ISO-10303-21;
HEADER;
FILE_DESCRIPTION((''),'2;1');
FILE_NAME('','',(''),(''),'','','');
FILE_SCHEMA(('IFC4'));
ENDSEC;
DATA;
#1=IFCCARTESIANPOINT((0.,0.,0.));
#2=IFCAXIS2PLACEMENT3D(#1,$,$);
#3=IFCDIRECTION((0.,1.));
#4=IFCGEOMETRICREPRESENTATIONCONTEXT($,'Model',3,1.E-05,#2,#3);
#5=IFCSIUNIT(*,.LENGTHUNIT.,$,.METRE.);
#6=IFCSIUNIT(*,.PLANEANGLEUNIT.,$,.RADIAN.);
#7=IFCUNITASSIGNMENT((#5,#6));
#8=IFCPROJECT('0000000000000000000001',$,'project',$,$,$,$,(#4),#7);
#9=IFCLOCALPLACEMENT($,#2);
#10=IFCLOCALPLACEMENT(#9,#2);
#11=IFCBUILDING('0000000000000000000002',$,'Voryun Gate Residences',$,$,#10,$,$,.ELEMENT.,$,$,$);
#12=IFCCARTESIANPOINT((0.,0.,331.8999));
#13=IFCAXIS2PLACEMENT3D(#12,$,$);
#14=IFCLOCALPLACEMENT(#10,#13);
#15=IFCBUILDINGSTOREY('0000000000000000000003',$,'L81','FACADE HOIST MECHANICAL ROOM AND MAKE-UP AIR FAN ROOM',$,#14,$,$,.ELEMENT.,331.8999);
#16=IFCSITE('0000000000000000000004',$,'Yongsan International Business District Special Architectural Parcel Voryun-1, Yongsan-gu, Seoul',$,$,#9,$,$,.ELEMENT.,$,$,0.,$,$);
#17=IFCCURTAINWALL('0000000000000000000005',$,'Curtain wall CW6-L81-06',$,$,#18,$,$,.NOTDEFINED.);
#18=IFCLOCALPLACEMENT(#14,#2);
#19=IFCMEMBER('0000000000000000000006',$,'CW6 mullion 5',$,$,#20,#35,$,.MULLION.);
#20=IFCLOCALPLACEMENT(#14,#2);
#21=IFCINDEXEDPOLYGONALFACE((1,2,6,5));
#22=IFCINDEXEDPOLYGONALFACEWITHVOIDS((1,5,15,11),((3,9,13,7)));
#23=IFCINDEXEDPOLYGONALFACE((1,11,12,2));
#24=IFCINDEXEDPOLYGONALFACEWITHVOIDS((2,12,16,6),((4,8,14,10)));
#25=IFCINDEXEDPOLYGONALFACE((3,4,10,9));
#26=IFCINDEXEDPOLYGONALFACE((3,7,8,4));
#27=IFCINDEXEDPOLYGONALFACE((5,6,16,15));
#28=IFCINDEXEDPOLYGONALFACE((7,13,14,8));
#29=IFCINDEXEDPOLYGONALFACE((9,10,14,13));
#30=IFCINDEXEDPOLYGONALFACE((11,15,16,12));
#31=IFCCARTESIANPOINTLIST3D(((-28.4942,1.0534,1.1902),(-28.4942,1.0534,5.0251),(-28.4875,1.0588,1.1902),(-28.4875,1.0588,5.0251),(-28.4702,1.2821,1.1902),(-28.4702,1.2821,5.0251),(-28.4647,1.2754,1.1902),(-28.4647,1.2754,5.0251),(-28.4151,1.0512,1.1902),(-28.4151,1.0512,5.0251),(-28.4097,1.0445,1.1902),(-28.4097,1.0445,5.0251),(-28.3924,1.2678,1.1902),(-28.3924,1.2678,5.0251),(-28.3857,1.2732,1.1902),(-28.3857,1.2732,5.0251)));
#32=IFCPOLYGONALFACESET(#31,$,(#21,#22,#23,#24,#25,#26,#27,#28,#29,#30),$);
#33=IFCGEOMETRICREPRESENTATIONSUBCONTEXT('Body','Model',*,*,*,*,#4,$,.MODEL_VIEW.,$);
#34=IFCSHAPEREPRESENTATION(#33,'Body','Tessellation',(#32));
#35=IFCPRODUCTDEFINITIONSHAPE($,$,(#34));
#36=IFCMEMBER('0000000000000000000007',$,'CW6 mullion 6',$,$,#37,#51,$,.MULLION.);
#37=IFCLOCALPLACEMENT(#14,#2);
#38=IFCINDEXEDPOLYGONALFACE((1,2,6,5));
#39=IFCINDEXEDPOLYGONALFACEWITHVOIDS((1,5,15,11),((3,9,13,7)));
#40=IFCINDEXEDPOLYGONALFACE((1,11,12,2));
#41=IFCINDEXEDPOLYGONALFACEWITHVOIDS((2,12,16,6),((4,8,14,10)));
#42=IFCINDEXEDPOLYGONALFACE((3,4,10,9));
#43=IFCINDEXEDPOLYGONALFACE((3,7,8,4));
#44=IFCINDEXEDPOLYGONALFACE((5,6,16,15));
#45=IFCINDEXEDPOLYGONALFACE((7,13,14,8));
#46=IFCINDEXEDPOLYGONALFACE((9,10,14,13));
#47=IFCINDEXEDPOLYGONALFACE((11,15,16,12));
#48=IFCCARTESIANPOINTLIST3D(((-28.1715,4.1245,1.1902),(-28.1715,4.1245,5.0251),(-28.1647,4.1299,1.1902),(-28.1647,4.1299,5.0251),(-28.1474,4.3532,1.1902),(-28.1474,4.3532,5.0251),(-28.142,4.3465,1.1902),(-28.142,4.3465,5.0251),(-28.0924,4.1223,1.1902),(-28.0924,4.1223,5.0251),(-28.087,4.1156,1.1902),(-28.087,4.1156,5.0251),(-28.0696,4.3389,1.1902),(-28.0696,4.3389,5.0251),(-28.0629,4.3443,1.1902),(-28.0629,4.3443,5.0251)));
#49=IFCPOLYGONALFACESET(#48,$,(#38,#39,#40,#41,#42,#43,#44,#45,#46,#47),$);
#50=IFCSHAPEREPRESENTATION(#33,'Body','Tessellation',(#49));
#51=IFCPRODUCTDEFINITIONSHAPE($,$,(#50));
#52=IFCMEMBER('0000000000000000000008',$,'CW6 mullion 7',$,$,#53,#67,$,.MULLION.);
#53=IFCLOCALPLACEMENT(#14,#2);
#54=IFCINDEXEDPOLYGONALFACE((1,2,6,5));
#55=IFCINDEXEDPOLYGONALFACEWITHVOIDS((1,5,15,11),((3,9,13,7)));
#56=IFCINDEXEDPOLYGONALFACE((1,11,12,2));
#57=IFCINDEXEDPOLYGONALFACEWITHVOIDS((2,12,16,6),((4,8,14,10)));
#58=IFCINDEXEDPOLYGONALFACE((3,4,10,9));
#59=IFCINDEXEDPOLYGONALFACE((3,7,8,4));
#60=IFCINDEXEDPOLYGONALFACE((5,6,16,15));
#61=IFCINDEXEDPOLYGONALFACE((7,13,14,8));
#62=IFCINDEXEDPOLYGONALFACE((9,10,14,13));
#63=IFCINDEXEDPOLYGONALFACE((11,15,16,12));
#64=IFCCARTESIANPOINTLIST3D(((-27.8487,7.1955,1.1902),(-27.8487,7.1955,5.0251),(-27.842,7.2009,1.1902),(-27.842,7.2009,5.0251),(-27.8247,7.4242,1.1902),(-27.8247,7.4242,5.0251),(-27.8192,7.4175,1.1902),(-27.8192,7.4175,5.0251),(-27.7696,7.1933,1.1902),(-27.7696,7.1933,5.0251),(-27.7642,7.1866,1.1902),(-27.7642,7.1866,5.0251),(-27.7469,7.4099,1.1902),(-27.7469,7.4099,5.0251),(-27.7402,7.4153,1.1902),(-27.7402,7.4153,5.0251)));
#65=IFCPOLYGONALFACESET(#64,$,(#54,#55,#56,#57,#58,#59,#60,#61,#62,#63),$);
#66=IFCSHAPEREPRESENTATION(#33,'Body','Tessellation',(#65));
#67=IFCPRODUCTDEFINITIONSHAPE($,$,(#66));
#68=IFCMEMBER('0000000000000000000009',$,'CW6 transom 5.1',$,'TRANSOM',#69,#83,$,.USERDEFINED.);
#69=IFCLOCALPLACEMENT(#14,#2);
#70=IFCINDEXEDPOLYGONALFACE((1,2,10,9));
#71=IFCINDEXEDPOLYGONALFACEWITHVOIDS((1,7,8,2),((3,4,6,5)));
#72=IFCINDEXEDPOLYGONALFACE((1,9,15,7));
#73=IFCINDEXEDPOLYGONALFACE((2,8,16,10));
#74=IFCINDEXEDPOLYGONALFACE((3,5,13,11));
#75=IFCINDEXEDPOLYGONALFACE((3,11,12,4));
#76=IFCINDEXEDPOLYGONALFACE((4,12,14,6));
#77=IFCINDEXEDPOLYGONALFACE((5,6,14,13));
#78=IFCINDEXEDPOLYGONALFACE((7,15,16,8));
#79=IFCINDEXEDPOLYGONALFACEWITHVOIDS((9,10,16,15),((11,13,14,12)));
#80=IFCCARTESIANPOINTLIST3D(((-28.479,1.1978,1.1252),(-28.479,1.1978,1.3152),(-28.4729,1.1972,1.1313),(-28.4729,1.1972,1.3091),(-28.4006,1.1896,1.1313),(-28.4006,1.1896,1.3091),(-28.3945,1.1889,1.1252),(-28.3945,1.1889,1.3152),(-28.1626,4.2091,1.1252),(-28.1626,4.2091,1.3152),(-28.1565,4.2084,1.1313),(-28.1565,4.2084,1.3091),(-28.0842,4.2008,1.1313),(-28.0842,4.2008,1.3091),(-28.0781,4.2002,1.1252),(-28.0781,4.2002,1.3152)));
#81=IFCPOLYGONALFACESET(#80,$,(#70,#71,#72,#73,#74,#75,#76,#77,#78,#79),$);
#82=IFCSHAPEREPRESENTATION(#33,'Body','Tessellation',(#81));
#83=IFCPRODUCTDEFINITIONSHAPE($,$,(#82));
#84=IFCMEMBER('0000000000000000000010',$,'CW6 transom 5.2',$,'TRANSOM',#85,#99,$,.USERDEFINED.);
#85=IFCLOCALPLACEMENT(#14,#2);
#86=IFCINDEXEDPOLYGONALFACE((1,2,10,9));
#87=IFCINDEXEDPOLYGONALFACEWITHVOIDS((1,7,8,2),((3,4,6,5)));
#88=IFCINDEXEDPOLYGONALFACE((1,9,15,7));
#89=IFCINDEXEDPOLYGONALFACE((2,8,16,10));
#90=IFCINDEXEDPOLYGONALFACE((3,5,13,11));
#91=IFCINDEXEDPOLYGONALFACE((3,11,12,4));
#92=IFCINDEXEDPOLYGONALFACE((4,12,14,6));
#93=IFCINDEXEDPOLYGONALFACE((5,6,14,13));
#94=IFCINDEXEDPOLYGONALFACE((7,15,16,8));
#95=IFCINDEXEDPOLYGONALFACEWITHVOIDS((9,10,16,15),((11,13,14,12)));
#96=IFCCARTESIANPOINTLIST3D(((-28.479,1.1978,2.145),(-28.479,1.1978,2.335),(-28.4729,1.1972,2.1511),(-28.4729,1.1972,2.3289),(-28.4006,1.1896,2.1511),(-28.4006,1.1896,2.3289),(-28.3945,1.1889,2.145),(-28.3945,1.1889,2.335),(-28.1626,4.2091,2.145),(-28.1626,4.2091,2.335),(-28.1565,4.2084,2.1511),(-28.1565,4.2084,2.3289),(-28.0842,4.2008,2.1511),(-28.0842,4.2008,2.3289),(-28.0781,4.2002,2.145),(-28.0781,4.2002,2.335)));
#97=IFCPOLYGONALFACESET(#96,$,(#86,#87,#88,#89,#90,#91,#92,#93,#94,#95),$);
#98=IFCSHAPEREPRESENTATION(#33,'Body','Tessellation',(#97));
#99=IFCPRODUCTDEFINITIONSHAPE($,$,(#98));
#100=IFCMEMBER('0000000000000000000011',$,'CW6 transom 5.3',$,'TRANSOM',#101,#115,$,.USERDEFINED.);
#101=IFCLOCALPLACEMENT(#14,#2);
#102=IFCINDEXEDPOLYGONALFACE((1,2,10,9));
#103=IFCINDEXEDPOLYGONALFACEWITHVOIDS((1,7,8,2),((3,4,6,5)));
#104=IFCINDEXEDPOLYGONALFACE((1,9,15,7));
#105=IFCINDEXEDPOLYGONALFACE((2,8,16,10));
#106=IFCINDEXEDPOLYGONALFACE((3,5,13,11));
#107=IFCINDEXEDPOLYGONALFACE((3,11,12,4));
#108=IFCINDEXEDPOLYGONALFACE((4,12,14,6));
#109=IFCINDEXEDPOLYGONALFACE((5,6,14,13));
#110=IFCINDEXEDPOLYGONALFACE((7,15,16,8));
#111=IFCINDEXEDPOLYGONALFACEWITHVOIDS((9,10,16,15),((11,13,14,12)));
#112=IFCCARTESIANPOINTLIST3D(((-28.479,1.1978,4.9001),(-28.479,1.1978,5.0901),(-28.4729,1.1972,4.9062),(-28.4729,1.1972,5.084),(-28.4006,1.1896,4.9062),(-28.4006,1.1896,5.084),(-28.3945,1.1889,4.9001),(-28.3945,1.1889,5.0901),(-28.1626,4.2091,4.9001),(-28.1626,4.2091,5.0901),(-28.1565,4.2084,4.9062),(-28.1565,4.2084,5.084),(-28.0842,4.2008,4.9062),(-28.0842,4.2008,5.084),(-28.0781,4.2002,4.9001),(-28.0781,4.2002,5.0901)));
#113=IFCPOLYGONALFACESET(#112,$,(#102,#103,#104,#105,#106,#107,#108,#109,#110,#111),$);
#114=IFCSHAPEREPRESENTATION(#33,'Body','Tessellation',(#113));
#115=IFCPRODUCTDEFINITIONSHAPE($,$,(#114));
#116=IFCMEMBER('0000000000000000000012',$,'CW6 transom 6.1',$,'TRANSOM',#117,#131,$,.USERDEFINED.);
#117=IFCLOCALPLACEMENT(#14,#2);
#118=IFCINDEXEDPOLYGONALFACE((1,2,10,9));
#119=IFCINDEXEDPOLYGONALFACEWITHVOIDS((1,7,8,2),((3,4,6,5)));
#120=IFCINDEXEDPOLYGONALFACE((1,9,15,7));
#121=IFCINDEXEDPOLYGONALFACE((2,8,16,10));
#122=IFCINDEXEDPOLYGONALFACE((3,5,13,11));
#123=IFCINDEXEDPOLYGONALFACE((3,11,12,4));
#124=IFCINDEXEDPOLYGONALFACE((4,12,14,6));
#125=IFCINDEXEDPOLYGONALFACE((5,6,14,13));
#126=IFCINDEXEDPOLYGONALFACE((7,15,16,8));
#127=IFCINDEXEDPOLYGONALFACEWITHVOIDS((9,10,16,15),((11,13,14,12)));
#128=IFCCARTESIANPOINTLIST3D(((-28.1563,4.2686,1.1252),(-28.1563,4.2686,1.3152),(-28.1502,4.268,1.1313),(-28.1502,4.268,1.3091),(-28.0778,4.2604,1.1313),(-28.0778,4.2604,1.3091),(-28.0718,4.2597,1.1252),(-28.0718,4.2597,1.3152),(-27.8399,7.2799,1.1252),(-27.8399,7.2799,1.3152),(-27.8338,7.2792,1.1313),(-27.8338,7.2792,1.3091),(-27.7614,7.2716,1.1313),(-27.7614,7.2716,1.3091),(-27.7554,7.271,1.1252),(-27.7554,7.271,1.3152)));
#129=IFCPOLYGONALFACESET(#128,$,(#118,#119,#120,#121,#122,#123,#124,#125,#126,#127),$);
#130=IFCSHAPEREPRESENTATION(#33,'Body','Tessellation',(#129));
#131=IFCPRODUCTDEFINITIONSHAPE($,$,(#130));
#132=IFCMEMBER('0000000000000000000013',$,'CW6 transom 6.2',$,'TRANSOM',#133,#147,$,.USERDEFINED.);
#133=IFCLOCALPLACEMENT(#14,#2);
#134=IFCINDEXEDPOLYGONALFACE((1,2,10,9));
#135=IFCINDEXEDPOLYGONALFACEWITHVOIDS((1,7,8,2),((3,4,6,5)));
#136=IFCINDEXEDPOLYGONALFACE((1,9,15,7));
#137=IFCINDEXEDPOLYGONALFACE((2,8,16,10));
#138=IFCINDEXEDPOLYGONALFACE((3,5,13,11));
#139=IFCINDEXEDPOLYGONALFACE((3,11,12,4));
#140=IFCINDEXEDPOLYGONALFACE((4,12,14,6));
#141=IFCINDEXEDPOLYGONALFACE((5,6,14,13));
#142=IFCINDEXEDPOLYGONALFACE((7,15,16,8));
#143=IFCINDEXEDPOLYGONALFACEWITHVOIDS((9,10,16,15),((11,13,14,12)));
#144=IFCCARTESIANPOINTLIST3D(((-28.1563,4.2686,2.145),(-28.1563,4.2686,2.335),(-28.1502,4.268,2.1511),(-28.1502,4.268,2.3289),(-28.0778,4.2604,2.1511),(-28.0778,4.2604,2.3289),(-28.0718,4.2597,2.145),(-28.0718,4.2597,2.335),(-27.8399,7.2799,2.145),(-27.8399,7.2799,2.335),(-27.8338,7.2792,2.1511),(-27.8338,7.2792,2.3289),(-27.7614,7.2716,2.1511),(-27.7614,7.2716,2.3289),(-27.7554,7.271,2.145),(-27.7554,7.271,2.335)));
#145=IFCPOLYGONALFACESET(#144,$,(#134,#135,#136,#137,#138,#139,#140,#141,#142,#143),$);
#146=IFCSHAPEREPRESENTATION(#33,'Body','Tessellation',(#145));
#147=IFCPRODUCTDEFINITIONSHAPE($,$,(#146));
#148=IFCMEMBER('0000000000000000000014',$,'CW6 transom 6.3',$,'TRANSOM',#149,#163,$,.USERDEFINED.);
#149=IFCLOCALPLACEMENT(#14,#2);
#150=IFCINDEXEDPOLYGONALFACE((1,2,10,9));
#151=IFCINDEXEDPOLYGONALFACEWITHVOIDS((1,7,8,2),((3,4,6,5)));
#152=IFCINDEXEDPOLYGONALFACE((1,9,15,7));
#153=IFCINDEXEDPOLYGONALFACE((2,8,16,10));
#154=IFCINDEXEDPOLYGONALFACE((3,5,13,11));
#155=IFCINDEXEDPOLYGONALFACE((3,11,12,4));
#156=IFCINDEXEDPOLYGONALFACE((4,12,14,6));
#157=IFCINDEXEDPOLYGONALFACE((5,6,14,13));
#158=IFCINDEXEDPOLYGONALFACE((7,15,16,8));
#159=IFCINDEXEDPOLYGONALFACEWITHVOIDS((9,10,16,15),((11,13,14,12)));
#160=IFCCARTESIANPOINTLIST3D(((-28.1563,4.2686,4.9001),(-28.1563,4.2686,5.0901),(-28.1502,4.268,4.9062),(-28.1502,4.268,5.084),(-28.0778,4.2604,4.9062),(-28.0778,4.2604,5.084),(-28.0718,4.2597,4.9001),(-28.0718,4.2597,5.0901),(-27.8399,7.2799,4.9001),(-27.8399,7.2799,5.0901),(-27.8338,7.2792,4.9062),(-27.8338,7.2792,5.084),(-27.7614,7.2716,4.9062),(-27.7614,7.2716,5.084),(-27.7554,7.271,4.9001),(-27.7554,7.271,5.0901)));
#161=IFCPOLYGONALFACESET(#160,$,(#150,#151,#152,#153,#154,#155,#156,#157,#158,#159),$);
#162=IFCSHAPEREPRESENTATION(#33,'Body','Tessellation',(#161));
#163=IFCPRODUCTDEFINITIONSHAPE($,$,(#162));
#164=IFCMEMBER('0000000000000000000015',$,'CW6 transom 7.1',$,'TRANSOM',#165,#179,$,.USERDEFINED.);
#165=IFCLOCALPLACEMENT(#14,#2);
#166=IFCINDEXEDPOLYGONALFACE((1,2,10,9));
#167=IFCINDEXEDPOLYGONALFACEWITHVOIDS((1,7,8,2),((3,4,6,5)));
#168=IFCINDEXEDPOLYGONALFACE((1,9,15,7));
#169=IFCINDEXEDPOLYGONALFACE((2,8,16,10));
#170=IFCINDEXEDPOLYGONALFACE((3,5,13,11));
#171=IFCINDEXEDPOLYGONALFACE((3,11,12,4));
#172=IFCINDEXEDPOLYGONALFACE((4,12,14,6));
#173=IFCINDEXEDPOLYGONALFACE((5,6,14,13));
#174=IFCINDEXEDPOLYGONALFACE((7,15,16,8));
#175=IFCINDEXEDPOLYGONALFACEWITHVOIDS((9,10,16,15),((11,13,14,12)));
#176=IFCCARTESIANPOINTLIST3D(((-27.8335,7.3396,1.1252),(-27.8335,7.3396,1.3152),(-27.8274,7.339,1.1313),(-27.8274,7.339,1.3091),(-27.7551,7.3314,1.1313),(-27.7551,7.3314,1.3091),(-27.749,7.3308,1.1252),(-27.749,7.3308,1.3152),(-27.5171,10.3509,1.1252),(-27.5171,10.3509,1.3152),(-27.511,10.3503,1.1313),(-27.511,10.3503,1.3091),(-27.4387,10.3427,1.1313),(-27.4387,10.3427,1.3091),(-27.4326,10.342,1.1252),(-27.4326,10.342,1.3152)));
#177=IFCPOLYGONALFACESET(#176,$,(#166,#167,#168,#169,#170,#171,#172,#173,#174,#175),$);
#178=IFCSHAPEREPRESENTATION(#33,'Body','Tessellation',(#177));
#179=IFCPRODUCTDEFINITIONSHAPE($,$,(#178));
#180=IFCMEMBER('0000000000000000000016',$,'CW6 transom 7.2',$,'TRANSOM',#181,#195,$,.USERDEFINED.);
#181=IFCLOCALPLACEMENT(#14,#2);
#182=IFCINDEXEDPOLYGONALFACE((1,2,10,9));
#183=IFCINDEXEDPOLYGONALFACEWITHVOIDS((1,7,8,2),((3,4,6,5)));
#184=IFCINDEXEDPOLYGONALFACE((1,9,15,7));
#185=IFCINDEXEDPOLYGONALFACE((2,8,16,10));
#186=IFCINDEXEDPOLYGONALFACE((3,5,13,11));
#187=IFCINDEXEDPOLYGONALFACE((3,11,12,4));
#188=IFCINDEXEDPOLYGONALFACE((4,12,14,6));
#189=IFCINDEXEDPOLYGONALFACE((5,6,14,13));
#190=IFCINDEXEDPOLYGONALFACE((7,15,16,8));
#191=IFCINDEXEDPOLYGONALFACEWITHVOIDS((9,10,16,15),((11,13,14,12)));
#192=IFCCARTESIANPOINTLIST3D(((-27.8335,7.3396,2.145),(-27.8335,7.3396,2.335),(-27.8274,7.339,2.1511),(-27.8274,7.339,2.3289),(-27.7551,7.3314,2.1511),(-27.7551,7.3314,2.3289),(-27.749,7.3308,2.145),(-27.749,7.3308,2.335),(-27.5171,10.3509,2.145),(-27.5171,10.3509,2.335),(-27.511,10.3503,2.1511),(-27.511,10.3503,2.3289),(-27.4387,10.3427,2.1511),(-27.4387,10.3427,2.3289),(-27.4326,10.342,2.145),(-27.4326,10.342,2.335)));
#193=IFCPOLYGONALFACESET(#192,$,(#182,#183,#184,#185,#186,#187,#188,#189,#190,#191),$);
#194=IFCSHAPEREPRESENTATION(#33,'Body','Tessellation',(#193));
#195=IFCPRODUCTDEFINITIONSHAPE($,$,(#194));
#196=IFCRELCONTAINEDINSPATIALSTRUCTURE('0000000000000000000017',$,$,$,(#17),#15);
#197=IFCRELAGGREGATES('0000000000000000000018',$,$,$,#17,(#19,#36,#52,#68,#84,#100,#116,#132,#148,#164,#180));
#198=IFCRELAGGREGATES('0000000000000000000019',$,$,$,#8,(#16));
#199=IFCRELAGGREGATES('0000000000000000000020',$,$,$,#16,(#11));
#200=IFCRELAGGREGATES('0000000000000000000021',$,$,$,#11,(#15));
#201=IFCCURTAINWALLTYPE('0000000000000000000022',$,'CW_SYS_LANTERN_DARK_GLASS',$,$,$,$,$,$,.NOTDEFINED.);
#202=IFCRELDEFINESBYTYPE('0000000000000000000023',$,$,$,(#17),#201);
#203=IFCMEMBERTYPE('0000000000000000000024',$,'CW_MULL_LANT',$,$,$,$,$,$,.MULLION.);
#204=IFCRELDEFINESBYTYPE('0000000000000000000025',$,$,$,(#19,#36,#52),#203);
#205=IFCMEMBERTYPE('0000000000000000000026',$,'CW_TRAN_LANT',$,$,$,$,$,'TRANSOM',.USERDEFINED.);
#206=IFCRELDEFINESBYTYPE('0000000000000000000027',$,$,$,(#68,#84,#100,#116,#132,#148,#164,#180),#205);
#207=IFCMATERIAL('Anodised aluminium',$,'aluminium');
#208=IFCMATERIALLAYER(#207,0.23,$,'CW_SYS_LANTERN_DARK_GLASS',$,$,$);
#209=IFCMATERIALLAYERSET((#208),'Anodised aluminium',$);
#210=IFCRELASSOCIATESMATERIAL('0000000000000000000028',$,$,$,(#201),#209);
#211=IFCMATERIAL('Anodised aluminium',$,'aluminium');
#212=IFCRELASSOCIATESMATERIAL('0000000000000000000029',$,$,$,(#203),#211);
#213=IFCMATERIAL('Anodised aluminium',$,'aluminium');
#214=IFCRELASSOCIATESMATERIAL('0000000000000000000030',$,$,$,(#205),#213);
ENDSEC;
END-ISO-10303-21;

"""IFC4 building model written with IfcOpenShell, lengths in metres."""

from ifc_helpers import new_model, si_unit, direction, frame, origin, origin_2d, place, context, subcontext, project, spatial, hollow_rectangle, extrude, material, layer, layer_set, material_profile, profile_set, type_object, element, aggregate, save


model = new_model("IFC4")

# Units and contexts
model_context = context("Model", 3, precision=1e-05, world=origin(), true_north=direction((0.0, 1.0)))
body_context = subcontext(model_context, "Body", "Model", "MODEL_VIEW")
ifc_project = project(units=[si_unit("LENGTHUNIT", "METRE"), si_unit("PLANEANGLEUNIT", "RADIAN")], contexts=[model_context])

# Site, building, storey
site_placement = place(None, origin())
site = spatial("IfcSite", under=ifc_project, at=site_placement, Name="Yongsan International Business District Special Architectural Parcel Voryun-1, Yongsan-gu, Seoul", CompositionType="ELEMENT", RefElevation=0.0)
building_placement = place(site_placement, origin())
building = spatial("IfcBuilding", under=site, at=building_placement, Name="Voryun Gate Residences", CompositionType="ELEMENT")
storey_placement = place(building_placement, frame((0.0, 0.0, 331.8999)))
storey = spatial("IfcBuildingStorey", under=building, at=storey_placement, Name="L81", Description="FACADE HOIST MECHANICAL ROOM AND MAKE-UP AIR FAN ROOM", CompositionType="ELEMENT", Elevation=331.8999)

# Curtain wall, members
ifc_material_1 = material(Name="Anodised aluminium", Category="aluminium")
ifc_layer_1 = layer(ifc_material_1, 0.23, Name="CW_SYS_LANTERN_DARK_GLASS")
ifc_layer_set_1 = layer_set([ifc_layer_1], Name="Anodised aluminium")
curtain_wall_type = type_object("IfcCurtainWallType", Name="CW_SYS_LANTERN_DARK_GLASS", PredefinedType="NOTDEFINED", material=ifc_layer_set_1)
curtain_wall_placement = place(storey_placement, origin())
curtain_wall = element("IfcCurtainWall", 1, at=curtain_wall_placement, inside=storey, type_object=curtain_wall_type, Name="Curtain wall CW6-L81-06", PredefinedType="NOTDEFINED")
ifc_material_2 = material(Name="Anodised aluminium", Category="aluminium")
ifc_material_profile_1 = material_profile(ifc_material_2, hollow_rectangle(XDim=0.085, YDim=0.23, WallThickness=0.0061, at=origin_2d()), Name="ALU-MULL-230x85x6")
ifc_profile_set_1 = profile_set([ifc_material_profile_1], Name="Anodised aluminium")
member_type_1 = type_object("IfcMemberType", Name="CW_MULL_LANT", PredefinedType="MULLION", material=ifc_profile_set_1)
member_1_placement = place(storey_placement, frame((-28.4399, 1.1633, 1.1902), z_axis=(0.0, 0.0, 1.0), x_axis=(-0.994522, 0.104528, 0.0)))
member_1 = element("IfcMember", 2, at=member_1_placement, type_object=member_type_1, Name="CW6 mullion 5", PredefinedType="MULLION", context=body_context, shape_type="SweptSolid", body=[
    extrude(hollow_rectangle(XDim=0.085, YDim=0.23, WallThickness=0.0061, at=origin_2d()), origin(), (0.0, 0.0, 1.0), 3.835),
])
member_2_placement = place(storey_placement, frame((-28.1172, 4.2344, 1.1902), z_axis=(0.0, 0.0, 1.0), x_axis=(-0.994522, 0.104528, 0.0)))
member_2 = element("IfcMember", 3, at=member_2_placement, type_object=member_type_1, Name="CW6 mullion 6", PredefinedType="MULLION", context=body_context, shape_type="SweptSolid", body=[
    extrude(hollow_rectangle(XDim=0.085, YDim=0.23, WallThickness=0.0061, at=origin_2d()), origin(), (0.0, 0.0, 1.0), 3.835),
])
member_3_placement = place(storey_placement, frame((-27.7944, 7.3054, 1.1902), z_axis=(0.0, 0.0, 1.0), x_axis=(-0.994522, 0.104528, 0.0)))
member_3 = element("IfcMember", 4, at=member_3_placement, type_object=member_type_1, Name="CW6 mullion 7", PredefinedType="MULLION", context=body_context, shape_type="SweptSolid", body=[
    extrude(hollow_rectangle(XDim=0.085, YDim=0.23, WallThickness=0.0061, at=origin_2d()), origin(), (0.0, 0.0, 1.0), 3.835),
])
ifc_material_3 = material(Name="Anodised aluminium", Category="aluminium")
ifc_material_profile_2 = material_profile(ifc_material_3, hollow_rectangle(XDim=0.085, YDim=0.1899, WallThickness=0.0061, at=origin_2d()), Name="ALU-TRAN-190x85x6")
ifc_profile_set_2 = profile_set([ifc_material_profile_2], Name="Anodised aluminium")
member_type_2 = type_object("IfcMemberType", Name="CW_TRAN_LANT", ElementType="TRANSOM", PredefinedType="USERDEFINED", material=ifc_profile_set_2)
member_4_placement = place(storey_placement, frame((-28.4368, 1.1934, 1.2202), z_axis=(0.1045, 0.994525, 0.0), x_axis=(-0.994525, 0.1045, 0.0)))
member_4 = element("IfcMember", 5, at=member_4_placement, type_object=member_type_2, Name="CW6 transom 5.1", ObjectType="TRANSOM", PredefinedType="USERDEFINED", context=body_context, shape_type="SweptSolid", body=[
    extrude(hollow_rectangle(XDim=0.085, YDim=0.1899, WallThickness=0.0061, at=origin_2d()), origin(), (0.0, 0.0, 1.0), 3.0278),
])
member_5_placement = place(storey_placement, frame((-28.4368, 1.1934, 2.24), z_axis=(0.1045, 0.994525, 0.0), x_axis=(-0.994525, 0.1045, 0.0)))
member_5 = element("IfcMember", 6, at=member_5_placement, type_object=member_type_2, Name="CW6 transom 5.2", ObjectType="TRANSOM", PredefinedType="USERDEFINED", context=body_context, shape_type="SweptSolid", body=[
    extrude(hollow_rectangle(XDim=0.085, YDim=0.1899, WallThickness=0.0061, at=origin_2d()), origin(), (0.0, 0.0, 1.0), 3.0278),
])
member_6_placement = place(storey_placement, frame((-28.4368, 1.1934, 4.9951), z_axis=(0.1045, 0.994525, 0.0), x_axis=(-0.994525, 0.1045, 0.0)))
member_6 = element("IfcMember", 7, at=member_6_placement, type_object=member_type_2, Name="CW6 transom 5.3", ObjectType="TRANSOM", PredefinedType="USERDEFINED", context=body_context, shape_type="SweptSolid", body=[
    extrude(hollow_rectangle(XDim=0.085, YDim=0.1899, WallThickness=0.0061, at=origin_2d()), origin(), (0.0, 0.0, 1.0), 3.0278),
])
member_7_placement = place(storey_placement, frame((-28.114, 4.2642, 1.2202), z_axis=(0.1045, 0.994525, 0.0), x_axis=(-0.994525, 0.1045, 0.0)))
member_7 = element("IfcMember", 8, at=member_7_placement, type_object=member_type_2, Name="CW6 transom 6.1", ObjectType="TRANSOM", PredefinedType="USERDEFINED", context=body_context, shape_type="SweptSolid", body=[
    extrude(hollow_rectangle(XDim=0.085, YDim=0.1899, WallThickness=0.0061, at=origin_2d()), origin(), (0.0, 0.0, 1.0), 3.0278),
])
member_8_placement = place(storey_placement, frame((-28.114, 4.2642, 2.24), z_axis=(0.1045, 0.994525, 0.0), x_axis=(-0.994525, 0.1045, 0.0)))
member_8 = element("IfcMember", 9, at=member_8_placement, type_object=member_type_2, Name="CW6 transom 6.2", ObjectType="TRANSOM", PredefinedType="USERDEFINED", context=body_context, shape_type="SweptSolid", body=[
    extrude(hollow_rectangle(XDim=0.085, YDim=0.1899, WallThickness=0.0061, at=origin_2d()), origin(), (0.0, 0.0, 1.0), 3.0278),
])
member_9_placement = place(storey_placement, frame((-28.114, 4.2642, 4.9951), z_axis=(0.1045, 0.994525, 0.0), x_axis=(-0.994525, 0.1045, 0.0)))
member_9 = element("IfcMember", 10, at=member_9_placement, type_object=member_type_2, Name="CW6 transom 6.3", ObjectType="TRANSOM", PredefinedType="USERDEFINED", context=body_context, shape_type="SweptSolid", body=[
    extrude(hollow_rectangle(XDim=0.085, YDim=0.1899, WallThickness=0.0061, at=origin_2d()), origin(), (0.0, 0.0, 1.0), 3.0278),
])
member_10_placement = place(storey_placement, frame((-27.7913, 7.3352, 1.2202), z_axis=(0.1045, 0.994525, 0.0), x_axis=(-0.994525, 0.1045, 0.0)))
member_10 = element("IfcMember", 11, at=member_10_placement, type_object=member_type_2, Name="CW6 transom 7.1", ObjectType="TRANSOM", PredefinedType="USERDEFINED", context=body_context, shape_type="SweptSolid", body=[
    extrude(hollow_rectangle(XDim=0.085, YDim=0.1899, WallThickness=0.0061, at=origin_2d()), origin(), (0.0, 0.0, 1.0), 3.0278),
])
member_11_placement = place(storey_placement, frame((-27.7913, 7.3352, 2.24), z_axis=(0.1045, 0.994525, 0.0), x_axis=(-0.994525, 0.1045, 0.0)))
member_11 = element("IfcMember", 12, at=member_11_placement, type_object=member_type_2, Name="CW6 transom 7.2", ObjectType="TRANSOM", PredefinedType="USERDEFINED", context=body_context, shape_type="SweptSolid", body=[
    extrude(hollow_rectangle(XDim=0.085, YDim=0.1899, WallThickness=0.0061, at=origin_2d()), origin(), (0.0, 0.0, 1.0), 3.0278),
])
aggregate(curtain_wall, [member_1, member_2, member_3, member_4, member_5, member_6, member_7, member_8, member_9, member_10, member_11])

save(model, "model.ifc")
